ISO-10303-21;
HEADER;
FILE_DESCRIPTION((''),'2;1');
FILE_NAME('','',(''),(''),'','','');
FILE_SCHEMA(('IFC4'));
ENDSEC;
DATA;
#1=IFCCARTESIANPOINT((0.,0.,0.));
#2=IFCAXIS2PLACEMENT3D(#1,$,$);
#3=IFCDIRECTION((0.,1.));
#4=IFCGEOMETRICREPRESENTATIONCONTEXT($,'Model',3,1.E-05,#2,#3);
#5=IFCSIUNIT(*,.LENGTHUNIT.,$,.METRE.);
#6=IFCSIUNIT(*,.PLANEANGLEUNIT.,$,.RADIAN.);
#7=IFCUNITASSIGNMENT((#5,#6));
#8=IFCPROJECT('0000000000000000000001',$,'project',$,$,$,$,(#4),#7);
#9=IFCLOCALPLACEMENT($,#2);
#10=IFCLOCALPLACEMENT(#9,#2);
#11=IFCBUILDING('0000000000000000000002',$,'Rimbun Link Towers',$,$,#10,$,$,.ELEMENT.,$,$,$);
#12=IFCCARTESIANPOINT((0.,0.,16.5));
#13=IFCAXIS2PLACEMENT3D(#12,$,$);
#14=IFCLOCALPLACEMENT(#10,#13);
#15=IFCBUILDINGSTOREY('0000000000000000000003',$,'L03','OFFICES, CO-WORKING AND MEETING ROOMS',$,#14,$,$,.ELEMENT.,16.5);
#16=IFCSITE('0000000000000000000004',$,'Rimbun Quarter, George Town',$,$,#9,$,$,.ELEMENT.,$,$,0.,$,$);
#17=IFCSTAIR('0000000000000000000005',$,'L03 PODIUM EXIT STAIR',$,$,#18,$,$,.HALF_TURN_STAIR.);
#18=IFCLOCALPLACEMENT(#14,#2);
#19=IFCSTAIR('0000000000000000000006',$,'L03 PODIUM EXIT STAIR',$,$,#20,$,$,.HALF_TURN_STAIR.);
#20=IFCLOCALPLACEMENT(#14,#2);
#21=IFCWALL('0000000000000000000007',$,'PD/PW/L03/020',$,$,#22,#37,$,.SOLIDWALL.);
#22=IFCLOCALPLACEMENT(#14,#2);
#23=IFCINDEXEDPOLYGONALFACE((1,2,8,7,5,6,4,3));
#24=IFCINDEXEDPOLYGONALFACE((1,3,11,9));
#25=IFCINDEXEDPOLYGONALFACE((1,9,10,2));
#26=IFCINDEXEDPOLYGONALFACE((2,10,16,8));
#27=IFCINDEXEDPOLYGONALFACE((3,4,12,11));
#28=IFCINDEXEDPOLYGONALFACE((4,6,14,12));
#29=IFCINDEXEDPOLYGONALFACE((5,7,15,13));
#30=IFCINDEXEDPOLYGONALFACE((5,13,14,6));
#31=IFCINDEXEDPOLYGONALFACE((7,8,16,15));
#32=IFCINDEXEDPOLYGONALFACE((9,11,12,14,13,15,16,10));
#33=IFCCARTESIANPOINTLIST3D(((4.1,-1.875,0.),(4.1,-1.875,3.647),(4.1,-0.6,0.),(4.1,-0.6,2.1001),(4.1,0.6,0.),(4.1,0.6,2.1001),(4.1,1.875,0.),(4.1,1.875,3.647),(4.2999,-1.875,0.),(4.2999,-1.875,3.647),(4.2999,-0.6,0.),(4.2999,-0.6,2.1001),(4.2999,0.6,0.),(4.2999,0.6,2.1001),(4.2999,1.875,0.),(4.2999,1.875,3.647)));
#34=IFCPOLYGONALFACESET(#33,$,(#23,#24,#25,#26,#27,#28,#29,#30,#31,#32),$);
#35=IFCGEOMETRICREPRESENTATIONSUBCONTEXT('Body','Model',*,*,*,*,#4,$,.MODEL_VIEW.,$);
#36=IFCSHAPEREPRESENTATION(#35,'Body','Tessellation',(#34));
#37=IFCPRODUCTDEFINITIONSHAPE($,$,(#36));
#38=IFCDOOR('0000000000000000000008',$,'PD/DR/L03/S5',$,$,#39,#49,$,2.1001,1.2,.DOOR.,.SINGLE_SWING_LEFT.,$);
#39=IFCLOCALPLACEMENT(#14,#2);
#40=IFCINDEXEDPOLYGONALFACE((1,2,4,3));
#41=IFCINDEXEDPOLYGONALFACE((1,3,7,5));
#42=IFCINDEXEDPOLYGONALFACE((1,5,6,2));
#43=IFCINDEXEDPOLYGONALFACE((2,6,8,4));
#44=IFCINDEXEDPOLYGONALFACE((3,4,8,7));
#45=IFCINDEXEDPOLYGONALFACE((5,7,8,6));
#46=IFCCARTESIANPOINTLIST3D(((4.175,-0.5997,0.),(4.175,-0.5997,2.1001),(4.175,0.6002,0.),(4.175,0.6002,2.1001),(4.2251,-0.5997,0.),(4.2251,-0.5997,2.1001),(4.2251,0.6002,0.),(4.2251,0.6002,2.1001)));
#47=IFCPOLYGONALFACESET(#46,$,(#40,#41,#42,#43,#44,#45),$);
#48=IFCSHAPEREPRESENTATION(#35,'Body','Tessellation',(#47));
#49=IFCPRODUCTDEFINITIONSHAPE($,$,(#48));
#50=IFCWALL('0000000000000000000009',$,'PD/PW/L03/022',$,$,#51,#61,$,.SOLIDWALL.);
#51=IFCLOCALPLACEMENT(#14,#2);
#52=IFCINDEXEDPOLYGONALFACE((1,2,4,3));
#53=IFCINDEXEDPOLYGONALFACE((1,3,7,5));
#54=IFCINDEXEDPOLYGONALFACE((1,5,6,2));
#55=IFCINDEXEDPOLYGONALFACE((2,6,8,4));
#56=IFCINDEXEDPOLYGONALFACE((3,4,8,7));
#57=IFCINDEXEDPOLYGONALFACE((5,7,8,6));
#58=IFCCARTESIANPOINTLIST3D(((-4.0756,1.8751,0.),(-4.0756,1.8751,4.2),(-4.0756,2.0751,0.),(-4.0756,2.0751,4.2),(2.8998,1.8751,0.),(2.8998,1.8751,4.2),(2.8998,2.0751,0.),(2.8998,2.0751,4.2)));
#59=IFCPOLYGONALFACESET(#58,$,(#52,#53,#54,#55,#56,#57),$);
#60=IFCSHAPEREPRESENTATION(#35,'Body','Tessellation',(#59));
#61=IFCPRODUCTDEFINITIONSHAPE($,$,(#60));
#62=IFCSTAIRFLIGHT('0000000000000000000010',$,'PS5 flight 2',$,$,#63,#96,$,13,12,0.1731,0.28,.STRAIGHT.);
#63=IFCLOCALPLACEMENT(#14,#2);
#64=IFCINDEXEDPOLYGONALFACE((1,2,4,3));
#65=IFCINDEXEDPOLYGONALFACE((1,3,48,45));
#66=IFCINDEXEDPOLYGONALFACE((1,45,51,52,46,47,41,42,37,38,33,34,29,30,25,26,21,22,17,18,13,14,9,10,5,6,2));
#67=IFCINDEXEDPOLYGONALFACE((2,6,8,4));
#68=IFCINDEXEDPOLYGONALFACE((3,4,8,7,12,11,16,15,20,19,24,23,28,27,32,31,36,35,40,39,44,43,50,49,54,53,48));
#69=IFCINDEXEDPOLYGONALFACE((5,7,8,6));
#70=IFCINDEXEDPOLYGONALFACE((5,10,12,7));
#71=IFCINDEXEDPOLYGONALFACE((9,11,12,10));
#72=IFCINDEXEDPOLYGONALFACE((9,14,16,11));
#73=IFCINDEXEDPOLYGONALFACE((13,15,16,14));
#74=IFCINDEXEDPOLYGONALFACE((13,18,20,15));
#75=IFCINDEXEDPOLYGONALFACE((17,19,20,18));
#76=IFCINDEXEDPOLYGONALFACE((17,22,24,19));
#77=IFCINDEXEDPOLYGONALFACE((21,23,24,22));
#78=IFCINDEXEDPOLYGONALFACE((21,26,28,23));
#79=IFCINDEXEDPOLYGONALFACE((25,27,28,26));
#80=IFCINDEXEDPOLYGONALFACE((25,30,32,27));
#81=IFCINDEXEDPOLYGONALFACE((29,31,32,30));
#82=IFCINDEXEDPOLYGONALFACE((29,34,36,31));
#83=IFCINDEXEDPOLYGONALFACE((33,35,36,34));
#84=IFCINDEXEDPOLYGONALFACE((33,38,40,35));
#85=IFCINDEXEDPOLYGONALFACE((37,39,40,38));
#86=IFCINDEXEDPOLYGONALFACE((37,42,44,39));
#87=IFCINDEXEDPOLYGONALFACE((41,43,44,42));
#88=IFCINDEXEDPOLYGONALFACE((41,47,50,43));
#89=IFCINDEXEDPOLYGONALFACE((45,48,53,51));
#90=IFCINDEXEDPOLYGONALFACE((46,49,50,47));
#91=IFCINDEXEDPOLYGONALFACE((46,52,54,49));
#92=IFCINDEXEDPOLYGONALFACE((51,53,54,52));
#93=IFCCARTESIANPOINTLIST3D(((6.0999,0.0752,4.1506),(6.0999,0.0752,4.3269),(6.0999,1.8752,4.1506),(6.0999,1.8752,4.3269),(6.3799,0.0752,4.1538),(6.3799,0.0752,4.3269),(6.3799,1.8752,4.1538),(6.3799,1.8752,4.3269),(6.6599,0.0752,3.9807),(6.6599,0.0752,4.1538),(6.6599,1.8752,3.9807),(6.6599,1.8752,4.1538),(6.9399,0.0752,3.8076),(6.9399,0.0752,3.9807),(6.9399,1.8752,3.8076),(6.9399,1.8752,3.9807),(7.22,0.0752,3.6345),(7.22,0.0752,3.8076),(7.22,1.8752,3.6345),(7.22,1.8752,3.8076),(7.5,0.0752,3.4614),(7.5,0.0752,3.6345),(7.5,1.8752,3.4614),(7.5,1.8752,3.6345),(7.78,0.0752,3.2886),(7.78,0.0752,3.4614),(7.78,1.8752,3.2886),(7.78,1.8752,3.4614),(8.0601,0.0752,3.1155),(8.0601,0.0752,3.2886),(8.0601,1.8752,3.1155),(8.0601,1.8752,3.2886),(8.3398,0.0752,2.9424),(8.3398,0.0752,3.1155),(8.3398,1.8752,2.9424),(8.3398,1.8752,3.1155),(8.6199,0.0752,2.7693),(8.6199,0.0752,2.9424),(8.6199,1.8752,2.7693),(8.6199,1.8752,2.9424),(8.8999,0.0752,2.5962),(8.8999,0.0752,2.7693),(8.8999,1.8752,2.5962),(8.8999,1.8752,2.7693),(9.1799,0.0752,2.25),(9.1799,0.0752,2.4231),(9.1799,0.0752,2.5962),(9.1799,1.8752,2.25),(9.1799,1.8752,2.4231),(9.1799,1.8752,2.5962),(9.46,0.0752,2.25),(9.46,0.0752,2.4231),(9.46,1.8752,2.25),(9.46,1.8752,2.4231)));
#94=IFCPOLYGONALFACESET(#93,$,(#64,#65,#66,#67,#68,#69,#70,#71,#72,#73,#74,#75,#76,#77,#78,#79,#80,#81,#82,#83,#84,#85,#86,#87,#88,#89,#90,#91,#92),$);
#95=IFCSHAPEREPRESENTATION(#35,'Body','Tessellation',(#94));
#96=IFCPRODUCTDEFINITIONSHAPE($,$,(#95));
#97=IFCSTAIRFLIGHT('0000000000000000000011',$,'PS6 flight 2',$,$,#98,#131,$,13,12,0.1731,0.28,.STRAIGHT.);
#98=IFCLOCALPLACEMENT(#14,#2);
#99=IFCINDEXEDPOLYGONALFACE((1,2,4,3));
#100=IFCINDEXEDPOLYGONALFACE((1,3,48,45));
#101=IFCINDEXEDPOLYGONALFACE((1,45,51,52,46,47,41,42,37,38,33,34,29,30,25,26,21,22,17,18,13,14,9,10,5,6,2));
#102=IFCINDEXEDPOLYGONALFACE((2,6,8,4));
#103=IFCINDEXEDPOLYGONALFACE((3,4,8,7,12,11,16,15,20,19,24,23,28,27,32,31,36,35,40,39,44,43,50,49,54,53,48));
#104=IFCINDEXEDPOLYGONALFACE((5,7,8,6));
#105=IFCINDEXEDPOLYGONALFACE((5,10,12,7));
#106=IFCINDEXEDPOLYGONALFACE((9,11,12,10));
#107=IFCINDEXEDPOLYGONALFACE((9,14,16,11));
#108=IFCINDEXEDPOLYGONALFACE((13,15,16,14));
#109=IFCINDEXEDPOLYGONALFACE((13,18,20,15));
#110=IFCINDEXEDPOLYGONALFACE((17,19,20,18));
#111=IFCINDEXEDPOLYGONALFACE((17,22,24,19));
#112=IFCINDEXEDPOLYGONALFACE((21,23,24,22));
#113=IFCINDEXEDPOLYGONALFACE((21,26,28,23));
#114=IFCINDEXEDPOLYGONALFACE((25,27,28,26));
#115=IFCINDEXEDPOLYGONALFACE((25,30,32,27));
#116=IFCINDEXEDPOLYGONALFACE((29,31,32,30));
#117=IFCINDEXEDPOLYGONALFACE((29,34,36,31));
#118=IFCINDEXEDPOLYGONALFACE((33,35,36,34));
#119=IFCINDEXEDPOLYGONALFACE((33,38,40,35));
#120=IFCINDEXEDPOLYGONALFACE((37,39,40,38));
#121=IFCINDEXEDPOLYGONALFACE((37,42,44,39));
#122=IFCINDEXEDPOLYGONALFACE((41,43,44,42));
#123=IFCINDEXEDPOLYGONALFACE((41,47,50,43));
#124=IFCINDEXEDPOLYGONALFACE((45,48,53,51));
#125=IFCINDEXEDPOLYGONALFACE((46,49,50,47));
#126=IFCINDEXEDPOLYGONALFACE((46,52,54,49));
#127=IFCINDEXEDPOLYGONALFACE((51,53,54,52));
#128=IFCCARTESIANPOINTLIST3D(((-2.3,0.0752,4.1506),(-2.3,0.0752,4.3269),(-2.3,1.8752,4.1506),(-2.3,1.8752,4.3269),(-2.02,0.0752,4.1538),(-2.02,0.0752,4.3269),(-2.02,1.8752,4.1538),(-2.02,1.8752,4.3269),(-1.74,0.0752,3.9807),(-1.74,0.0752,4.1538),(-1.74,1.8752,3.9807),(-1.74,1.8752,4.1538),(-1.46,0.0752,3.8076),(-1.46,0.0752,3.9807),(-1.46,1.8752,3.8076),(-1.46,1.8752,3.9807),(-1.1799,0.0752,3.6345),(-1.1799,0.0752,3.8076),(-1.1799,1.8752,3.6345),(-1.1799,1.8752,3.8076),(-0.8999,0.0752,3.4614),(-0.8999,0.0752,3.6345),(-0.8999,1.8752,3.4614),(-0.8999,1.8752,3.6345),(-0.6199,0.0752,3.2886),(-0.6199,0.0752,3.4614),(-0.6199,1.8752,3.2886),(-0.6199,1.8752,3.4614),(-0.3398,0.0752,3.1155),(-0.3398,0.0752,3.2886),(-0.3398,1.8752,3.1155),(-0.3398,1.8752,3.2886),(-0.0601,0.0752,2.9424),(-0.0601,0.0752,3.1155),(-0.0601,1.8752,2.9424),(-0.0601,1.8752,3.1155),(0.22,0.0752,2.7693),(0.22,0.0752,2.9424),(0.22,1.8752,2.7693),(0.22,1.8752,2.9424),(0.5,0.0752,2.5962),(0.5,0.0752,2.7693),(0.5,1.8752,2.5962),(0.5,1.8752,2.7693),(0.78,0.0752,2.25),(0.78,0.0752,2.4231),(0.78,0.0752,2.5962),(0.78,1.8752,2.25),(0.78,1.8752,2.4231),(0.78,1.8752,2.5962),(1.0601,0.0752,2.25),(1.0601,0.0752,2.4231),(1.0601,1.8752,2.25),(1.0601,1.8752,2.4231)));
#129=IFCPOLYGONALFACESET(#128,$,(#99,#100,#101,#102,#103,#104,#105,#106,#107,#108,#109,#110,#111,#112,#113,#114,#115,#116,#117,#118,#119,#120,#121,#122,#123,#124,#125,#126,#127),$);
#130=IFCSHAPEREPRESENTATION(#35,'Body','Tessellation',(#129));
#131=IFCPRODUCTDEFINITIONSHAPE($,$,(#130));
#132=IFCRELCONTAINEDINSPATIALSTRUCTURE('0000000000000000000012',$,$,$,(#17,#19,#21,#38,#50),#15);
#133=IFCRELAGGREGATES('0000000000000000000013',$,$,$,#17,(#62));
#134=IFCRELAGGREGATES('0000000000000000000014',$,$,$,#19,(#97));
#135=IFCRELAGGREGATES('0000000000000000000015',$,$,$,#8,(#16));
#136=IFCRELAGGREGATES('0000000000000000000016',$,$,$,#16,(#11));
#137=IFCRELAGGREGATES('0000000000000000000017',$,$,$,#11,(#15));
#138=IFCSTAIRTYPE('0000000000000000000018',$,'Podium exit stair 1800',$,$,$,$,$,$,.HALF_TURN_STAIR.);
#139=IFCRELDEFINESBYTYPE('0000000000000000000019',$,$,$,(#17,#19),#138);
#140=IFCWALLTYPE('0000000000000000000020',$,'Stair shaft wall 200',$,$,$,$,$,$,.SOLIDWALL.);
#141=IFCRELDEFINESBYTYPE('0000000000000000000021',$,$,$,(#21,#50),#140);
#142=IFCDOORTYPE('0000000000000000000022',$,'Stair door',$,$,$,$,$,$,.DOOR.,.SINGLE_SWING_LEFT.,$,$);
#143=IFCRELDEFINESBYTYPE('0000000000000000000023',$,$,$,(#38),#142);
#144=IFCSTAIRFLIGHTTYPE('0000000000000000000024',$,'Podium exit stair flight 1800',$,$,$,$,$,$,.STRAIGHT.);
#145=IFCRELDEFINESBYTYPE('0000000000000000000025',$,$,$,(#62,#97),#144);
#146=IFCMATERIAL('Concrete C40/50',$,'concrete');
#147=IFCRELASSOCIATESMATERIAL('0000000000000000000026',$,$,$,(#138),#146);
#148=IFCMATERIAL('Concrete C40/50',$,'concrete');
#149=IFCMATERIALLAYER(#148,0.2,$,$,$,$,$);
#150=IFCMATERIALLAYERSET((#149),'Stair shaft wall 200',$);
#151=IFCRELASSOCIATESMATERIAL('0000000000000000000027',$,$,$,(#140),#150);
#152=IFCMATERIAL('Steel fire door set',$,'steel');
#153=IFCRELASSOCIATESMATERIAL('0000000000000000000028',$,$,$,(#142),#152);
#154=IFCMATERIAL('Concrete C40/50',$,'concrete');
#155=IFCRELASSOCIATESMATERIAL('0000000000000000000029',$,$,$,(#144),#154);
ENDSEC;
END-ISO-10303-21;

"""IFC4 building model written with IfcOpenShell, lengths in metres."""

from ifc_helpers import new_model, si_unit, direction, frame, frame_2d, origin, place, context, subcontext, project, spatial, polyline, rectangle, outline, extrude, material, layer, layer_set, type_object, element, fill, aggregate, save


model = new_model("IFC4")

# Units and contexts
model_context = context("Model", 3, precision=1e-05, world=origin(), true_north=direction((0.0, 1.0)))
body_context = subcontext(model_context, "Body", "Model", "MODEL_VIEW")
ifc_project = project(units=[si_unit("LENGTHUNIT", "METRE"), si_unit("PLANEANGLEUNIT", "RADIAN")], contexts=[model_context])

# Site, building, storey
site_placement = place(None, origin())
site = spatial("IfcSite", under=ifc_project, at=site_placement, Name="Rimbun Quarter, George Town", CompositionType="ELEMENT", RefElevation=0.0)
building_placement = place(site_placement, origin())
building = spatial("IfcBuilding", under=site, at=building_placement, Name="Rimbun Link Towers", CompositionType="ELEMENT")
storey_placement = place(building_placement, frame((0.0, 0.0, 16.5)))
storey = spatial("IfcBuildingStorey", under=building, at=storey_placement, Name="L03", Description="OFFICES, CO-WORKING AND MEETING ROOMS", CompositionType="ELEMENT", Elevation=16.5)

# Stairs
ifc_material_1 = material(Name="Concrete C40/50", Category="concrete")
stair_type = type_object("IfcStairType", Name="Podium exit stair 1800", PredefinedType="HALF_TURN_STAIR", material=ifc_material_1)
stair_1_placement = place(storey_placement, origin())
stair_1 = element("IfcStair", 1, at=stair_1_placement, inside=storey, type_object=stair_type, Name="L03 PODIUM EXIT STAIR", PredefinedType="HALF_TURN_STAIR")
stair_2_placement = place(storey_placement, origin())
stair_2 = element("IfcStair", 2, at=stair_2_placement, inside=storey, type_object=stair_type, Name="L03 PODIUM EXIT STAIR", PredefinedType="HALF_TURN_STAIR")

# Shared definitions
ifc_material_2 = material(Name="Concrete C40/50", Category="concrete")
ifc_layer_1 = layer(ifc_material_2, 0.2)
ifc_layer_set_1 = layer_set([ifc_layer_1], Name="Stair shaft wall 200")
wall_type = type_object("IfcWallType", Name="Stair shaft wall 200", PredefinedType="SOLIDWALL", material=ifc_layer_set_1)

# Wall, opening, door
wall_1_placement = place(storey_placement, frame((4.2, 1.875, 0.0), z_axis=(0.0, 0.0, 1.0), x_axis=(0.0, -1.0, 0.0)))
wall_1 = element("IfcWall", 3, at=wall_1_placement, inside=storey, type_object=wall_type, Name="PD/PW/L03/020", PredefinedType="SOLIDWALL", context=body_context, shape_type="SweptSolid", body=[
    extrude(rectangle(XDim=3.75, YDim=0.2, at=frame_2d((1.875, 0.0))), origin(), (0.0, 0.0, 1.0), 3.647),
])
opening_placement = place(wall_1_placement, frame((1.2749, 0.0, 0.0)))
opening = element("IfcOpeningElement", 4, at=opening_placement, cuts=wall_1, PredefinedType="OPENING", context=body_context, shape_type="SweptSolid", body=[
    extrude(rectangle(XDim=1.2, YDim=2.1001, at=frame_2d((0.6001, 1.05))), frame((0.0, 0.1099, 0.0), z_axis=(0.0, -1.0, 0.0), x_axis=(1.0, 0.0, 0.0)), (0.0, 0.0, 1.0), 0.22),
])
ifc_material_3 = material(Name="Steel fire door set", Category="steel")
door_type = type_object("IfcDoorType", Name="Stair door", OperationType="SINGLE_SWING_LEFT", PredefinedType="DOOR", material=ifc_material_3)
door_placement = place(opening_placement, frame((1.2, 0.0, 0.0), z_axis=(0.0, 0.0, 1.0), x_axis=(-1.0, 0.0, 0.0)))
door = element("IfcDoor", 5, at=door_placement, inside=storey, type_object=door_type, Name="PD/DR/L03/S5", OperationType="SINGLE_SWING_LEFT", OverallHeight=2.1001, OverallWidth=1.2, PredefinedType="DOOR", context=body_context, shape_type="SweptSolid", body=[
    extrude(rectangle(XDim=1.2, YDim=2.1001, at=frame_2d((0.6001, 1.05))), frame((0.0, 0.0249, 0.0), z_axis=(0.0, -1.0, 0.0), x_axis=(1.0, 0.0, 0.0)), (0.0, 0.0, 1.0), 0.05),
])
fill(opening, door)

# Wall
wall_2_placement = place(storey_placement, frame((2.8999, 1.9751, 0.0), z_axis=(0.0, 0.0, 1.0), x_axis=(-1.0, 0.0, 0.0)))
element("IfcWall", 6, at=wall_2_placement, inside=storey, type_object=wall_type, Name="PD/PW/L03/022", PredefinedType="SOLIDWALL", context=body_context, shape_type="SweptSolid", body=[
    extrude(rectangle(XDim=6.9753, YDim=0.2, at=frame_2d((3.4878, 0.0))), origin(), (0.0, 0.0, 1.0), 4.2),
])

# Stair flights
ifc_material_4 = material(Name="Concrete C40/50", Category="concrete")
stair_flight_type = type_object("IfcStairFlightType", Name="Podium exit stair flight 1800", PredefinedType="STRAIGHT", material=ifc_material_4)
stair_flight_1_placement = place(storey_placement, frame((9.46, 0.9751, 2.25), z_axis=(0.0, 0.0, 1.0), x_axis=(-1.0, 0.0, 0.0)))
stair_flight_1 = element("IfcStairFlight", 7, at=stair_flight_1_placement, type_object=stair_flight_type, Name="PS5 flight 2", NumberOfRisers=13, NumberOfTreads=12, PredefinedType="STRAIGHT", RiserHeight=0.1731, TreadLength=0.28, context=body_context, shape_type="SweptSolid", body=[
    extrude(outline(polyline([(0.0, 0.0), (0.0, 0.1731), (0.28, 0.1731), (0.28, 0.3462), (0.5601, 0.3462), (0.5601, 0.5193), (0.8401, 0.5193), (0.8401, 0.6924), (1.1201, 0.6924), (1.1201, 0.8655), (1.3999, 0.8655), (1.3999, 1.0386), (1.6799, 1.0386), (1.6799, 1.2114), (1.96, 1.2114), (1.96, 1.3845), (2.24, 1.3845), (2.24, 1.5576), (2.52, 1.5576), (2.52, 1.7307), (2.8, 1.7307), (2.8, 1.9038), (3.0801, 1.9038), (3.0801, 2.0769), (3.3601, 2.0769), (3.3601, 2.25), (3.3601, 1.9006), (0.28, 0.0), (0.0, 0.0)])), frame((0.0, 0.8999, 0.0), z_axis=(0.0, -1.0, 0.0), x_axis=(1.0, 0.0, 0.0)), (0.0, 0.0, 1.0), 1.8),
])
aggregate(stair_1, [stair_flight_1])
stair_flight_2_placement = place(storey_placement, frame((1.0601, 0.9751, 2.25), z_axis=(0.0, 0.0, 1.0), x_axis=(-1.0, 0.0, 0.0)))
stair_flight_2 = element("IfcStairFlight", 8, at=stair_flight_2_placement, type_object=stair_flight_type, Name="PS6 flight 2", NumberOfRisers=13, NumberOfTreads=12, PredefinedType="STRAIGHT", RiserHeight=0.1731, TreadLength=0.28, context=body_context, shape_type="SweptSolid", body=[
    extrude(outline(polyline([(0.0, 0.0), (0.0, 0.1731), (0.28, 0.1731), (0.28, 0.3462), (0.5601, 0.3462), (0.5601, 0.5193), (0.8401, 0.5193), (0.8401, 0.6924), (1.1201, 0.6924), (1.1201, 0.8655), (1.3999, 0.8655), (1.3999, 1.0386), (1.6799, 1.0386), (1.6799, 1.2114), (1.96, 1.2114), (1.96, 1.3845), (2.24, 1.3845), (2.24, 1.5576), (2.52, 1.5576), (2.52, 1.7307), (2.8, 1.7307), (2.8, 1.9038), (3.0801, 1.9038), (3.0801, 2.0769), (3.3601, 2.0769), (3.3601, 2.25), (3.3601, 1.9006), (0.28, 0.0), (0.0, 0.0)])), frame((0.0, 0.8999, 0.0), z_axis=(0.0, -1.0, 0.0), x_axis=(1.0, 0.0, 0.0)), (0.0, 0.0, 1.0), 1.8),
])
aggregate(stair_2, [stair_flight_2])

save(model, "model.ifc")
